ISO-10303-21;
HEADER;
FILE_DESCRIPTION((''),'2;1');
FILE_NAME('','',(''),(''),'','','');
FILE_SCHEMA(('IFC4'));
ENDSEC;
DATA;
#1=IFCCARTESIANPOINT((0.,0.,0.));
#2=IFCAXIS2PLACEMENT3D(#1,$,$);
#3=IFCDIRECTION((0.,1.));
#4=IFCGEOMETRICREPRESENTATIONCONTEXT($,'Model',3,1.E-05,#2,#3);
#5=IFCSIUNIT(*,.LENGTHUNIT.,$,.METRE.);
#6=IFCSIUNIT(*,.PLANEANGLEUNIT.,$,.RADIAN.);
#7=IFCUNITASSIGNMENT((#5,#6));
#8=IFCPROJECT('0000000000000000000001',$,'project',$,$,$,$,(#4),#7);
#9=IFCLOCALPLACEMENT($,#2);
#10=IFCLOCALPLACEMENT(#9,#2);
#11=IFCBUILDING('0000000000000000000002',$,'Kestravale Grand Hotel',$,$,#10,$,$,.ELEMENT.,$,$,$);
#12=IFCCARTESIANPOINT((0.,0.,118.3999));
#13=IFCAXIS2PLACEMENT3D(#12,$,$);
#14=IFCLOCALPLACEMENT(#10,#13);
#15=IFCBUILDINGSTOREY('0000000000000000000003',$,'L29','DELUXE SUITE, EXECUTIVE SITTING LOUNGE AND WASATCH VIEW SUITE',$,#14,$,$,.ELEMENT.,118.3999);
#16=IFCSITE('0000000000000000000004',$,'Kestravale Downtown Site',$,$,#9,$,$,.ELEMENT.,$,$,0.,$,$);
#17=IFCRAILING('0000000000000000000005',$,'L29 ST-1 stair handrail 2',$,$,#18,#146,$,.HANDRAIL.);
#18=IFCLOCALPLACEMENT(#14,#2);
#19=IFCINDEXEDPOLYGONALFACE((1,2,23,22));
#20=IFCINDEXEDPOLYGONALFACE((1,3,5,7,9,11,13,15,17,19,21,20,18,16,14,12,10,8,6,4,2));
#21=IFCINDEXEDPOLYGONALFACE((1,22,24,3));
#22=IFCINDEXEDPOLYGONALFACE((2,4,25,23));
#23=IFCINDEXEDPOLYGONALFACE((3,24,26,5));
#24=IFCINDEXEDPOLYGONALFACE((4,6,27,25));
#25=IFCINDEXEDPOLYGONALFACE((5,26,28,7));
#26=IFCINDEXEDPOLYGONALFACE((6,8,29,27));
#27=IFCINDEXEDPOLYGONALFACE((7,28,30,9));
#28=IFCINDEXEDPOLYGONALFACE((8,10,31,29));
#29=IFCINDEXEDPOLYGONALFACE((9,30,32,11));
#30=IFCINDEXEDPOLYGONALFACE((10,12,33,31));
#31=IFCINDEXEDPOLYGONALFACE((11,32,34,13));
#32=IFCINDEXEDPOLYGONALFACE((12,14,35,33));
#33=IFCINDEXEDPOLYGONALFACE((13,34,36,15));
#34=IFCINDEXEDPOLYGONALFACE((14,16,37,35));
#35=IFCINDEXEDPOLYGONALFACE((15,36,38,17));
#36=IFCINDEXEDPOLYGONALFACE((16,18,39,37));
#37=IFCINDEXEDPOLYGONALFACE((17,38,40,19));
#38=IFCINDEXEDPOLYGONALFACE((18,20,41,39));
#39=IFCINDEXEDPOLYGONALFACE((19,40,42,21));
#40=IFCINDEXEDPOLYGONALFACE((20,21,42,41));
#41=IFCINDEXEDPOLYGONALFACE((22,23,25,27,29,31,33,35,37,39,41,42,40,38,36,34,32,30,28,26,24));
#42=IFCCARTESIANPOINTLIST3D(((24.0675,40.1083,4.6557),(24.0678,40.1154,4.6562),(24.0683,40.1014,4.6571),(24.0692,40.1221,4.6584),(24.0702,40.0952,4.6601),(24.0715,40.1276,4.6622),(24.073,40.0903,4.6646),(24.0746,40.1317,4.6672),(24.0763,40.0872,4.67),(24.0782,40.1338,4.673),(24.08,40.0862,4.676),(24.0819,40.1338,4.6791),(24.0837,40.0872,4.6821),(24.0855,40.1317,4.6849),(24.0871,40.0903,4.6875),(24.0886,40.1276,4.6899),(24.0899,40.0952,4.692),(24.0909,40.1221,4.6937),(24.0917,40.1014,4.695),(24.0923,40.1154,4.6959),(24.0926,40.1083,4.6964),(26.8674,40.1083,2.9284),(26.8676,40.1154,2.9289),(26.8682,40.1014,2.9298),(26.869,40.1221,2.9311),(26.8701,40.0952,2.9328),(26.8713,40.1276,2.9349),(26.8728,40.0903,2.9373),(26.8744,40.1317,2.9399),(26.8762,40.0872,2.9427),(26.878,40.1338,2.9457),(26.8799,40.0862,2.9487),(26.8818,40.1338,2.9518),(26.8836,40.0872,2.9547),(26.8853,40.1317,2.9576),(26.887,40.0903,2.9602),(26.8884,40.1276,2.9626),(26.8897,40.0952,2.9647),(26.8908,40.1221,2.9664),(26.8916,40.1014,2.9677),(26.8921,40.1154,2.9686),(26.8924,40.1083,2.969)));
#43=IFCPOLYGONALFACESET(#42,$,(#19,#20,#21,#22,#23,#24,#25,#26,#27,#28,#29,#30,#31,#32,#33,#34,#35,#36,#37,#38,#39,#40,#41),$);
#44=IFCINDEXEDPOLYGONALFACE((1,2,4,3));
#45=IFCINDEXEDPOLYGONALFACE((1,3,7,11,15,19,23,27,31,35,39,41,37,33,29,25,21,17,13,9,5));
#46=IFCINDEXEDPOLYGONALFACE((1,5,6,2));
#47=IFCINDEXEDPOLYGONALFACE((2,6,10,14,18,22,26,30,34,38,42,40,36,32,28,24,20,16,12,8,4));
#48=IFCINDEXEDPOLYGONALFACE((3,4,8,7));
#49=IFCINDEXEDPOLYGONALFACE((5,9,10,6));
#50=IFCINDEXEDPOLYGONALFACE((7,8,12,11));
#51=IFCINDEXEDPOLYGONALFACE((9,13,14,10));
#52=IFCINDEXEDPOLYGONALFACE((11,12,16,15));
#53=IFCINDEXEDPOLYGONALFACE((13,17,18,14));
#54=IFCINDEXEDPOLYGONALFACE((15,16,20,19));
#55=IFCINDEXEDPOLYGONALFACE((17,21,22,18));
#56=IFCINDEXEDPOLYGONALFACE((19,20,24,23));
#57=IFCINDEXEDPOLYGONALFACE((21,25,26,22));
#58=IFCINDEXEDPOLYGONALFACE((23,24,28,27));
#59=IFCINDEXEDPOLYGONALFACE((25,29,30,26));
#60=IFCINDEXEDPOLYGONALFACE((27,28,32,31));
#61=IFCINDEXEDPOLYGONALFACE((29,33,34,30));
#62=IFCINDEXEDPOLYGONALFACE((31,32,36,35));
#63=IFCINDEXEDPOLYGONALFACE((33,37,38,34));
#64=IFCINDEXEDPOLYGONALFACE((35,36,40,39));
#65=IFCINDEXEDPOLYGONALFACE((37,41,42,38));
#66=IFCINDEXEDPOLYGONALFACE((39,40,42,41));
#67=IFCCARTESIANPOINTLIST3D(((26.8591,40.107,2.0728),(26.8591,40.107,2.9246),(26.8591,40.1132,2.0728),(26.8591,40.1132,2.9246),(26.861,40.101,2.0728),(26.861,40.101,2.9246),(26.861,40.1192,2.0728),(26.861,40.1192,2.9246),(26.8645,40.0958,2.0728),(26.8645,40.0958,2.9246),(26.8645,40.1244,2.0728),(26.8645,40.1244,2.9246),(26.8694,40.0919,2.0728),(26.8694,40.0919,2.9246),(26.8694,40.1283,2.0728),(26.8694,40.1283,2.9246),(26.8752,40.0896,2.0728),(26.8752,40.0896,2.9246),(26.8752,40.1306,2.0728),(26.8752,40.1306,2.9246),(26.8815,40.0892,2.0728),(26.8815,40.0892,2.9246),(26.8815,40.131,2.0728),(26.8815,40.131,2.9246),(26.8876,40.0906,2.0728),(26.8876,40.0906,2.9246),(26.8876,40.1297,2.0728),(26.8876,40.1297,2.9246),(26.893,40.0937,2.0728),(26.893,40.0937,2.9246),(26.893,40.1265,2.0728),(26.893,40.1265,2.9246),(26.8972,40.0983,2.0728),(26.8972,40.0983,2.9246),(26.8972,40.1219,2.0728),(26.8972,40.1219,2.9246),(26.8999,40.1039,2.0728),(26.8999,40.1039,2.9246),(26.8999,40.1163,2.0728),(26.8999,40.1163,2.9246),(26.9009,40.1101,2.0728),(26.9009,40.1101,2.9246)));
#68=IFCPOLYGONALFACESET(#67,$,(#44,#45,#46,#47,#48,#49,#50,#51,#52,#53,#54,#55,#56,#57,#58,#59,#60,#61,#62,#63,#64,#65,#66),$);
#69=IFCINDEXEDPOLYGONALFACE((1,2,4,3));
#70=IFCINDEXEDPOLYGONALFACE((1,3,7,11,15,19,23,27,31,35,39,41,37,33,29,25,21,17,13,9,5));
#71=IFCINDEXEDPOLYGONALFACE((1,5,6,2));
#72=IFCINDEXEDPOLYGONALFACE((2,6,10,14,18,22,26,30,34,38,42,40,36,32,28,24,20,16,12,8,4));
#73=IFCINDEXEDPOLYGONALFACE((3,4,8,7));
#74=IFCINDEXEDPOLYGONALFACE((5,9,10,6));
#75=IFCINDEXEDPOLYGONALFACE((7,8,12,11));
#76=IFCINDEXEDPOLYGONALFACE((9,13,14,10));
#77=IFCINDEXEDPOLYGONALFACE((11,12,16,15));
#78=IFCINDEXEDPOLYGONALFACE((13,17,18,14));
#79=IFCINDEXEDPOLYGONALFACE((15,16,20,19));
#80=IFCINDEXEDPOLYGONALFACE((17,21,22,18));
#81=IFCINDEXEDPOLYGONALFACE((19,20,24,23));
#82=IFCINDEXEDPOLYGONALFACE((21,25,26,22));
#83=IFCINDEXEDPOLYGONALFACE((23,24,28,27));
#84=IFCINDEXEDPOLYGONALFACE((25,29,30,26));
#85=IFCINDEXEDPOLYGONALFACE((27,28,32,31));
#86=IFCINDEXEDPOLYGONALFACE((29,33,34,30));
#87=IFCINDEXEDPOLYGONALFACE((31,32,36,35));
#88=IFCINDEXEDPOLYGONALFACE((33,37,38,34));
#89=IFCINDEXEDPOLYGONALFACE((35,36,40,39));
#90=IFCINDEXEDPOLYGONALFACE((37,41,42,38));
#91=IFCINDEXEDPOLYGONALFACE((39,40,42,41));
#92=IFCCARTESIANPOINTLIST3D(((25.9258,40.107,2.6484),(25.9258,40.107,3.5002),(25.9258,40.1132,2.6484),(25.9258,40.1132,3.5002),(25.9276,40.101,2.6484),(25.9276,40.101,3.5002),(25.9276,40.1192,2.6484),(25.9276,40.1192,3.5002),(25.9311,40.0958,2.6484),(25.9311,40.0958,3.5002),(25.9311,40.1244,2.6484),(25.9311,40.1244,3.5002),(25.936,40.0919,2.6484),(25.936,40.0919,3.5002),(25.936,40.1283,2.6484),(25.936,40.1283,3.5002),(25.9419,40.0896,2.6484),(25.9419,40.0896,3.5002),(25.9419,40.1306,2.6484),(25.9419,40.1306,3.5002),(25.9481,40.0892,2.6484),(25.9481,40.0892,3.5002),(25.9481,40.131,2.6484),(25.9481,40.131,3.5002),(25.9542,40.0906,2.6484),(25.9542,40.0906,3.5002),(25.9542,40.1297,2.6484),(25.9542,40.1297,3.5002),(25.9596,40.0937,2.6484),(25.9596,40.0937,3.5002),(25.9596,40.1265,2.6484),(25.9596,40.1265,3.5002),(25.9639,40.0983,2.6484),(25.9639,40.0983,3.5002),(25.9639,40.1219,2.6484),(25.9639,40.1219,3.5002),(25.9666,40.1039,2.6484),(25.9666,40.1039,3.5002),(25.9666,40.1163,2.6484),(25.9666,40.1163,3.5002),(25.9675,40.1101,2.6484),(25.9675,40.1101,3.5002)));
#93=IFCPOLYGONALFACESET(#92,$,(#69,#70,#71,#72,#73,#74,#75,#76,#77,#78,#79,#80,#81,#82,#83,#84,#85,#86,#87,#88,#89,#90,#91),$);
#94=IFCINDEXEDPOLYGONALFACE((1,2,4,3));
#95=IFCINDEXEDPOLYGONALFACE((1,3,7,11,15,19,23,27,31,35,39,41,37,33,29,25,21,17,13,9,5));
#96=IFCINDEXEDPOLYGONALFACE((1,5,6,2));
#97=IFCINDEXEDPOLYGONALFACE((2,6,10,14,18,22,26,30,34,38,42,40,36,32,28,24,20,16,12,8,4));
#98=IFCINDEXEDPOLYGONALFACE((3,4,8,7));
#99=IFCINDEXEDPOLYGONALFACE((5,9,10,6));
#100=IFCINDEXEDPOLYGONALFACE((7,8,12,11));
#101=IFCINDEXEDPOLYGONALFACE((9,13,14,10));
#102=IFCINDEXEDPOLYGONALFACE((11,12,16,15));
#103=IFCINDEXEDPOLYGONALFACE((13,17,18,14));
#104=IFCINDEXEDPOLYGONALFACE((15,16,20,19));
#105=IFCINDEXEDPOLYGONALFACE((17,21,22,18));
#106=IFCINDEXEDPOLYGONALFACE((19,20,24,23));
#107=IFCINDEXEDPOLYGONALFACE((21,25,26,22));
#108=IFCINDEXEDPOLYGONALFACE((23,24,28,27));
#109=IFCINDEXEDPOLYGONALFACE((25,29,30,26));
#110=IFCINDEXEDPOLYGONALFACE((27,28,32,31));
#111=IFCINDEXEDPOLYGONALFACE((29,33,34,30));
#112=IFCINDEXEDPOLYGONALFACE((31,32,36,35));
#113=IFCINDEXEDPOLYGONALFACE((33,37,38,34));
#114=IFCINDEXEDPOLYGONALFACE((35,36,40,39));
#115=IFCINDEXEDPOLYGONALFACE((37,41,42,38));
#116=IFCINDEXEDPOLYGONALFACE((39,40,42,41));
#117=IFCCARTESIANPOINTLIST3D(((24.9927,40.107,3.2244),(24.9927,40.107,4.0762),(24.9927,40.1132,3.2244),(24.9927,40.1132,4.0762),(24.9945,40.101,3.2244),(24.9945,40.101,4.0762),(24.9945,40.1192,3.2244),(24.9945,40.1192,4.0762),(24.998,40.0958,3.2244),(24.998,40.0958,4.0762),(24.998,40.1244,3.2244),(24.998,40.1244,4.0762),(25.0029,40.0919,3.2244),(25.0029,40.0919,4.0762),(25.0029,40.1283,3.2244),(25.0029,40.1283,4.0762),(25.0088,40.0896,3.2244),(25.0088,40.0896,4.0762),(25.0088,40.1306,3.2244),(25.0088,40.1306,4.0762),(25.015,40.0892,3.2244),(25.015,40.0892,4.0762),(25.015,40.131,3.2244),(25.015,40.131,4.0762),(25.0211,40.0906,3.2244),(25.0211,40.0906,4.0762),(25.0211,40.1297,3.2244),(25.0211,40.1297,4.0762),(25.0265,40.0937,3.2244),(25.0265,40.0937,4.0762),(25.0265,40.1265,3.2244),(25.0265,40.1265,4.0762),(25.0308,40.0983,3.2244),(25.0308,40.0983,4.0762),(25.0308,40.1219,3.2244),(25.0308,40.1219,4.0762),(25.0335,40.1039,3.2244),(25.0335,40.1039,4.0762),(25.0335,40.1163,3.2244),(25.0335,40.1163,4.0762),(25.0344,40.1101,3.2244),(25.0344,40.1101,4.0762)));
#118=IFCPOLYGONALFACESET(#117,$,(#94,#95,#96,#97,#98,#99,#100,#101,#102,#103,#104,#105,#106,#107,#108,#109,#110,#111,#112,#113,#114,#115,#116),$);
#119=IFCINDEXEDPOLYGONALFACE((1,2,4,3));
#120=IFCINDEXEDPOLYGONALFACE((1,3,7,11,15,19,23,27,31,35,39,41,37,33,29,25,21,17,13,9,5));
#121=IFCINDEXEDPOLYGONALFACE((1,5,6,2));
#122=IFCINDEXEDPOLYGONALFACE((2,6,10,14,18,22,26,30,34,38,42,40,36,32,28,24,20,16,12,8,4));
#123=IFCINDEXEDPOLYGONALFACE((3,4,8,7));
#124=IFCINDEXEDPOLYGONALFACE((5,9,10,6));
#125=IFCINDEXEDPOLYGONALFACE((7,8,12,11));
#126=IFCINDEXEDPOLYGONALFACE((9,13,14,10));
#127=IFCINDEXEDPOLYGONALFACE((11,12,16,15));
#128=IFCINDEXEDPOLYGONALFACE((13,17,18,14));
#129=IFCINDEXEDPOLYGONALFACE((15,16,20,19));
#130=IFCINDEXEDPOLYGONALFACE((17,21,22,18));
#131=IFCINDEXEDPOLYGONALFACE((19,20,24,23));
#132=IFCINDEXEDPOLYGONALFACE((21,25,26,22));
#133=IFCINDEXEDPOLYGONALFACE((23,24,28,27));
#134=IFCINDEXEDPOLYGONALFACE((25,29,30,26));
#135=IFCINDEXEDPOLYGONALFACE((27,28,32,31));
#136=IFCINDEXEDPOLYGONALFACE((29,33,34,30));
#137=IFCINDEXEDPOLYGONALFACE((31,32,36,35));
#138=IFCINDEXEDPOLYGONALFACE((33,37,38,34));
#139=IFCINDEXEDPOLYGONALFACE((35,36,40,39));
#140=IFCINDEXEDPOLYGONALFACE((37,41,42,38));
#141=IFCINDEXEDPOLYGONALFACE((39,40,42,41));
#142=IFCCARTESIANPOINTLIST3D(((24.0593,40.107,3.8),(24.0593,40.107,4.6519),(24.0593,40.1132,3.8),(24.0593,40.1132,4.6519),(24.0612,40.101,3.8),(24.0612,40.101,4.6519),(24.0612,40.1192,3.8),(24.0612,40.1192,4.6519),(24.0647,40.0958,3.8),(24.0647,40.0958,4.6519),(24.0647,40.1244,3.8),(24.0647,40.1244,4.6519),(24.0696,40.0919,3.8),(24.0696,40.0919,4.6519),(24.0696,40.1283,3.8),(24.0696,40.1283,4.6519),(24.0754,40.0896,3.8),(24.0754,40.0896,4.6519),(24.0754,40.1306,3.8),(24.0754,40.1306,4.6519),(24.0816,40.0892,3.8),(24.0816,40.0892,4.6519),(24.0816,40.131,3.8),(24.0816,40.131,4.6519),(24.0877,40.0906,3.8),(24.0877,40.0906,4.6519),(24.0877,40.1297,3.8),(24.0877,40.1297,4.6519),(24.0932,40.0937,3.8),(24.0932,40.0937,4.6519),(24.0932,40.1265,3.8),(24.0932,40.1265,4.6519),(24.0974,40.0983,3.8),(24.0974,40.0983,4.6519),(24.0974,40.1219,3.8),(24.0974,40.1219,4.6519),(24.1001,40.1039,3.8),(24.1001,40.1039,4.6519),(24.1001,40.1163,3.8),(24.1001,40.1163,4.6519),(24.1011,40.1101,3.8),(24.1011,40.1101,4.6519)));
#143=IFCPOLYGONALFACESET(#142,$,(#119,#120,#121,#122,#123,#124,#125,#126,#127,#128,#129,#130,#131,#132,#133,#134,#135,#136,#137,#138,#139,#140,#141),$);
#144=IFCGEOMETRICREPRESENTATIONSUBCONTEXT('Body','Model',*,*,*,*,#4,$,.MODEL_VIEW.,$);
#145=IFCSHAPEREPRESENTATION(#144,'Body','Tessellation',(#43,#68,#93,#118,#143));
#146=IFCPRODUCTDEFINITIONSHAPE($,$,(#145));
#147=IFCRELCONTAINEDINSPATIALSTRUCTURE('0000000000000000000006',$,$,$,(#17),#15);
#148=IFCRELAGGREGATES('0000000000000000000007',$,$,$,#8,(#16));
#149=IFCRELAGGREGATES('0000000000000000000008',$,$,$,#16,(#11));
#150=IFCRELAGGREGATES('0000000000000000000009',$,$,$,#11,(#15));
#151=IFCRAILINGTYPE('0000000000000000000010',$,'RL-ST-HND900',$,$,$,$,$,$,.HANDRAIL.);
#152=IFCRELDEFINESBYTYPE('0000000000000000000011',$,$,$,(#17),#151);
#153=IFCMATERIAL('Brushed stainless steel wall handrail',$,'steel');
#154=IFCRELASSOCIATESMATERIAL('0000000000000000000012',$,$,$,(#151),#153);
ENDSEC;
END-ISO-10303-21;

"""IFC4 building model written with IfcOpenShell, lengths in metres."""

from ifc_helpers import new_model, si_unit, direction, frame, origin, origin_2d, place, context, subcontext, project, spatial, circle, extrude, material, type_object, element, save


model = new_model("IFC4")

# Units and contexts
model_context = context("Model", 3, precision=1e-05, world=origin(), true_north=direction((0.0, 1.0)))
body_context = subcontext(model_context, "Body", "Model", "MODEL_VIEW")
ifc_project = project(units=[si_unit("LENGTHUNIT", "METRE"), si_unit("PLANEANGLEUNIT", "RADIAN")], contexts=[model_context])

# Site, building, storey
site_placement = place(None, origin())
site = spatial("IfcSite", under=ifc_project, at=site_placement, Name="Kestravale Downtown Site", CompositionType="ELEMENT", RefElevation=0.0)
building_placement = place(site_placement, origin())
building = spatial("IfcBuilding", under=site, at=building_placement, Name="Kestravale Grand Hotel", CompositionType="ELEMENT")
storey_placement = place(building_placement, frame((0.0, 0.0, 118.3999)))
storey = spatial("IfcBuildingStorey", under=building, at=storey_placement, Name="L29", Description="DELUXE SUITE, EXECUTIVE SITTING LOUNGE AND WASATCH VIEW SUITE", CompositionType="ELEMENT", Elevation=118.3999)

# Railing
ifc_material_1 = material(Name="Brushed stainless steel wall handrail", Category="steel")
railing_type_1 = type_object("IfcRailingType", Name="RL-ST-HND900", PredefinedType="HANDRAIL", material=ifc_material_1)
railing_1_placement = place(storey_placement, frame((26.8799, 40.1101, 2.0728)))
element("IfcRailing", 1, at=railing_1_placement, inside=storey, type_object=railing_type_1, Name="L29 ST-1 stair handrail 2", PredefinedType="HANDRAIL", context=body_context, shape_type="SweptSolid", body=[
    extrude(circle(Radius=0.0239, at=origin_2d()), frame((0.0, 0.0, 0.876), z_axis=(-0.851069, 0.0, 0.525054), x_axis=(0.0, -1.0, 0.0)), (0.0, 0.0, 1.0), 3.2898),
    extrude(circle(Radius=0.021, at=origin_2d()), origin(), (0.0, 0.0, 1.0), 0.8518),
    extrude(circle(Radius=0.021, at=origin_2d()), frame((-0.9333, 0.0, 0.5757)), (0.0, 0.0, 1.0), 0.8518),
    extrude(circle(Radius=0.021, at=origin_2d()), frame((-1.8665, 0.0, 1.1516)), (0.0, 0.0, 1.0), 0.8518),
    extrude(circle(Radius=0.021, at=origin_2d()), frame((-2.7998, 0.0, 1.7273)), (0.0, 0.0, 1.0), 0.8518),
])

save(model, "model.ifc")
